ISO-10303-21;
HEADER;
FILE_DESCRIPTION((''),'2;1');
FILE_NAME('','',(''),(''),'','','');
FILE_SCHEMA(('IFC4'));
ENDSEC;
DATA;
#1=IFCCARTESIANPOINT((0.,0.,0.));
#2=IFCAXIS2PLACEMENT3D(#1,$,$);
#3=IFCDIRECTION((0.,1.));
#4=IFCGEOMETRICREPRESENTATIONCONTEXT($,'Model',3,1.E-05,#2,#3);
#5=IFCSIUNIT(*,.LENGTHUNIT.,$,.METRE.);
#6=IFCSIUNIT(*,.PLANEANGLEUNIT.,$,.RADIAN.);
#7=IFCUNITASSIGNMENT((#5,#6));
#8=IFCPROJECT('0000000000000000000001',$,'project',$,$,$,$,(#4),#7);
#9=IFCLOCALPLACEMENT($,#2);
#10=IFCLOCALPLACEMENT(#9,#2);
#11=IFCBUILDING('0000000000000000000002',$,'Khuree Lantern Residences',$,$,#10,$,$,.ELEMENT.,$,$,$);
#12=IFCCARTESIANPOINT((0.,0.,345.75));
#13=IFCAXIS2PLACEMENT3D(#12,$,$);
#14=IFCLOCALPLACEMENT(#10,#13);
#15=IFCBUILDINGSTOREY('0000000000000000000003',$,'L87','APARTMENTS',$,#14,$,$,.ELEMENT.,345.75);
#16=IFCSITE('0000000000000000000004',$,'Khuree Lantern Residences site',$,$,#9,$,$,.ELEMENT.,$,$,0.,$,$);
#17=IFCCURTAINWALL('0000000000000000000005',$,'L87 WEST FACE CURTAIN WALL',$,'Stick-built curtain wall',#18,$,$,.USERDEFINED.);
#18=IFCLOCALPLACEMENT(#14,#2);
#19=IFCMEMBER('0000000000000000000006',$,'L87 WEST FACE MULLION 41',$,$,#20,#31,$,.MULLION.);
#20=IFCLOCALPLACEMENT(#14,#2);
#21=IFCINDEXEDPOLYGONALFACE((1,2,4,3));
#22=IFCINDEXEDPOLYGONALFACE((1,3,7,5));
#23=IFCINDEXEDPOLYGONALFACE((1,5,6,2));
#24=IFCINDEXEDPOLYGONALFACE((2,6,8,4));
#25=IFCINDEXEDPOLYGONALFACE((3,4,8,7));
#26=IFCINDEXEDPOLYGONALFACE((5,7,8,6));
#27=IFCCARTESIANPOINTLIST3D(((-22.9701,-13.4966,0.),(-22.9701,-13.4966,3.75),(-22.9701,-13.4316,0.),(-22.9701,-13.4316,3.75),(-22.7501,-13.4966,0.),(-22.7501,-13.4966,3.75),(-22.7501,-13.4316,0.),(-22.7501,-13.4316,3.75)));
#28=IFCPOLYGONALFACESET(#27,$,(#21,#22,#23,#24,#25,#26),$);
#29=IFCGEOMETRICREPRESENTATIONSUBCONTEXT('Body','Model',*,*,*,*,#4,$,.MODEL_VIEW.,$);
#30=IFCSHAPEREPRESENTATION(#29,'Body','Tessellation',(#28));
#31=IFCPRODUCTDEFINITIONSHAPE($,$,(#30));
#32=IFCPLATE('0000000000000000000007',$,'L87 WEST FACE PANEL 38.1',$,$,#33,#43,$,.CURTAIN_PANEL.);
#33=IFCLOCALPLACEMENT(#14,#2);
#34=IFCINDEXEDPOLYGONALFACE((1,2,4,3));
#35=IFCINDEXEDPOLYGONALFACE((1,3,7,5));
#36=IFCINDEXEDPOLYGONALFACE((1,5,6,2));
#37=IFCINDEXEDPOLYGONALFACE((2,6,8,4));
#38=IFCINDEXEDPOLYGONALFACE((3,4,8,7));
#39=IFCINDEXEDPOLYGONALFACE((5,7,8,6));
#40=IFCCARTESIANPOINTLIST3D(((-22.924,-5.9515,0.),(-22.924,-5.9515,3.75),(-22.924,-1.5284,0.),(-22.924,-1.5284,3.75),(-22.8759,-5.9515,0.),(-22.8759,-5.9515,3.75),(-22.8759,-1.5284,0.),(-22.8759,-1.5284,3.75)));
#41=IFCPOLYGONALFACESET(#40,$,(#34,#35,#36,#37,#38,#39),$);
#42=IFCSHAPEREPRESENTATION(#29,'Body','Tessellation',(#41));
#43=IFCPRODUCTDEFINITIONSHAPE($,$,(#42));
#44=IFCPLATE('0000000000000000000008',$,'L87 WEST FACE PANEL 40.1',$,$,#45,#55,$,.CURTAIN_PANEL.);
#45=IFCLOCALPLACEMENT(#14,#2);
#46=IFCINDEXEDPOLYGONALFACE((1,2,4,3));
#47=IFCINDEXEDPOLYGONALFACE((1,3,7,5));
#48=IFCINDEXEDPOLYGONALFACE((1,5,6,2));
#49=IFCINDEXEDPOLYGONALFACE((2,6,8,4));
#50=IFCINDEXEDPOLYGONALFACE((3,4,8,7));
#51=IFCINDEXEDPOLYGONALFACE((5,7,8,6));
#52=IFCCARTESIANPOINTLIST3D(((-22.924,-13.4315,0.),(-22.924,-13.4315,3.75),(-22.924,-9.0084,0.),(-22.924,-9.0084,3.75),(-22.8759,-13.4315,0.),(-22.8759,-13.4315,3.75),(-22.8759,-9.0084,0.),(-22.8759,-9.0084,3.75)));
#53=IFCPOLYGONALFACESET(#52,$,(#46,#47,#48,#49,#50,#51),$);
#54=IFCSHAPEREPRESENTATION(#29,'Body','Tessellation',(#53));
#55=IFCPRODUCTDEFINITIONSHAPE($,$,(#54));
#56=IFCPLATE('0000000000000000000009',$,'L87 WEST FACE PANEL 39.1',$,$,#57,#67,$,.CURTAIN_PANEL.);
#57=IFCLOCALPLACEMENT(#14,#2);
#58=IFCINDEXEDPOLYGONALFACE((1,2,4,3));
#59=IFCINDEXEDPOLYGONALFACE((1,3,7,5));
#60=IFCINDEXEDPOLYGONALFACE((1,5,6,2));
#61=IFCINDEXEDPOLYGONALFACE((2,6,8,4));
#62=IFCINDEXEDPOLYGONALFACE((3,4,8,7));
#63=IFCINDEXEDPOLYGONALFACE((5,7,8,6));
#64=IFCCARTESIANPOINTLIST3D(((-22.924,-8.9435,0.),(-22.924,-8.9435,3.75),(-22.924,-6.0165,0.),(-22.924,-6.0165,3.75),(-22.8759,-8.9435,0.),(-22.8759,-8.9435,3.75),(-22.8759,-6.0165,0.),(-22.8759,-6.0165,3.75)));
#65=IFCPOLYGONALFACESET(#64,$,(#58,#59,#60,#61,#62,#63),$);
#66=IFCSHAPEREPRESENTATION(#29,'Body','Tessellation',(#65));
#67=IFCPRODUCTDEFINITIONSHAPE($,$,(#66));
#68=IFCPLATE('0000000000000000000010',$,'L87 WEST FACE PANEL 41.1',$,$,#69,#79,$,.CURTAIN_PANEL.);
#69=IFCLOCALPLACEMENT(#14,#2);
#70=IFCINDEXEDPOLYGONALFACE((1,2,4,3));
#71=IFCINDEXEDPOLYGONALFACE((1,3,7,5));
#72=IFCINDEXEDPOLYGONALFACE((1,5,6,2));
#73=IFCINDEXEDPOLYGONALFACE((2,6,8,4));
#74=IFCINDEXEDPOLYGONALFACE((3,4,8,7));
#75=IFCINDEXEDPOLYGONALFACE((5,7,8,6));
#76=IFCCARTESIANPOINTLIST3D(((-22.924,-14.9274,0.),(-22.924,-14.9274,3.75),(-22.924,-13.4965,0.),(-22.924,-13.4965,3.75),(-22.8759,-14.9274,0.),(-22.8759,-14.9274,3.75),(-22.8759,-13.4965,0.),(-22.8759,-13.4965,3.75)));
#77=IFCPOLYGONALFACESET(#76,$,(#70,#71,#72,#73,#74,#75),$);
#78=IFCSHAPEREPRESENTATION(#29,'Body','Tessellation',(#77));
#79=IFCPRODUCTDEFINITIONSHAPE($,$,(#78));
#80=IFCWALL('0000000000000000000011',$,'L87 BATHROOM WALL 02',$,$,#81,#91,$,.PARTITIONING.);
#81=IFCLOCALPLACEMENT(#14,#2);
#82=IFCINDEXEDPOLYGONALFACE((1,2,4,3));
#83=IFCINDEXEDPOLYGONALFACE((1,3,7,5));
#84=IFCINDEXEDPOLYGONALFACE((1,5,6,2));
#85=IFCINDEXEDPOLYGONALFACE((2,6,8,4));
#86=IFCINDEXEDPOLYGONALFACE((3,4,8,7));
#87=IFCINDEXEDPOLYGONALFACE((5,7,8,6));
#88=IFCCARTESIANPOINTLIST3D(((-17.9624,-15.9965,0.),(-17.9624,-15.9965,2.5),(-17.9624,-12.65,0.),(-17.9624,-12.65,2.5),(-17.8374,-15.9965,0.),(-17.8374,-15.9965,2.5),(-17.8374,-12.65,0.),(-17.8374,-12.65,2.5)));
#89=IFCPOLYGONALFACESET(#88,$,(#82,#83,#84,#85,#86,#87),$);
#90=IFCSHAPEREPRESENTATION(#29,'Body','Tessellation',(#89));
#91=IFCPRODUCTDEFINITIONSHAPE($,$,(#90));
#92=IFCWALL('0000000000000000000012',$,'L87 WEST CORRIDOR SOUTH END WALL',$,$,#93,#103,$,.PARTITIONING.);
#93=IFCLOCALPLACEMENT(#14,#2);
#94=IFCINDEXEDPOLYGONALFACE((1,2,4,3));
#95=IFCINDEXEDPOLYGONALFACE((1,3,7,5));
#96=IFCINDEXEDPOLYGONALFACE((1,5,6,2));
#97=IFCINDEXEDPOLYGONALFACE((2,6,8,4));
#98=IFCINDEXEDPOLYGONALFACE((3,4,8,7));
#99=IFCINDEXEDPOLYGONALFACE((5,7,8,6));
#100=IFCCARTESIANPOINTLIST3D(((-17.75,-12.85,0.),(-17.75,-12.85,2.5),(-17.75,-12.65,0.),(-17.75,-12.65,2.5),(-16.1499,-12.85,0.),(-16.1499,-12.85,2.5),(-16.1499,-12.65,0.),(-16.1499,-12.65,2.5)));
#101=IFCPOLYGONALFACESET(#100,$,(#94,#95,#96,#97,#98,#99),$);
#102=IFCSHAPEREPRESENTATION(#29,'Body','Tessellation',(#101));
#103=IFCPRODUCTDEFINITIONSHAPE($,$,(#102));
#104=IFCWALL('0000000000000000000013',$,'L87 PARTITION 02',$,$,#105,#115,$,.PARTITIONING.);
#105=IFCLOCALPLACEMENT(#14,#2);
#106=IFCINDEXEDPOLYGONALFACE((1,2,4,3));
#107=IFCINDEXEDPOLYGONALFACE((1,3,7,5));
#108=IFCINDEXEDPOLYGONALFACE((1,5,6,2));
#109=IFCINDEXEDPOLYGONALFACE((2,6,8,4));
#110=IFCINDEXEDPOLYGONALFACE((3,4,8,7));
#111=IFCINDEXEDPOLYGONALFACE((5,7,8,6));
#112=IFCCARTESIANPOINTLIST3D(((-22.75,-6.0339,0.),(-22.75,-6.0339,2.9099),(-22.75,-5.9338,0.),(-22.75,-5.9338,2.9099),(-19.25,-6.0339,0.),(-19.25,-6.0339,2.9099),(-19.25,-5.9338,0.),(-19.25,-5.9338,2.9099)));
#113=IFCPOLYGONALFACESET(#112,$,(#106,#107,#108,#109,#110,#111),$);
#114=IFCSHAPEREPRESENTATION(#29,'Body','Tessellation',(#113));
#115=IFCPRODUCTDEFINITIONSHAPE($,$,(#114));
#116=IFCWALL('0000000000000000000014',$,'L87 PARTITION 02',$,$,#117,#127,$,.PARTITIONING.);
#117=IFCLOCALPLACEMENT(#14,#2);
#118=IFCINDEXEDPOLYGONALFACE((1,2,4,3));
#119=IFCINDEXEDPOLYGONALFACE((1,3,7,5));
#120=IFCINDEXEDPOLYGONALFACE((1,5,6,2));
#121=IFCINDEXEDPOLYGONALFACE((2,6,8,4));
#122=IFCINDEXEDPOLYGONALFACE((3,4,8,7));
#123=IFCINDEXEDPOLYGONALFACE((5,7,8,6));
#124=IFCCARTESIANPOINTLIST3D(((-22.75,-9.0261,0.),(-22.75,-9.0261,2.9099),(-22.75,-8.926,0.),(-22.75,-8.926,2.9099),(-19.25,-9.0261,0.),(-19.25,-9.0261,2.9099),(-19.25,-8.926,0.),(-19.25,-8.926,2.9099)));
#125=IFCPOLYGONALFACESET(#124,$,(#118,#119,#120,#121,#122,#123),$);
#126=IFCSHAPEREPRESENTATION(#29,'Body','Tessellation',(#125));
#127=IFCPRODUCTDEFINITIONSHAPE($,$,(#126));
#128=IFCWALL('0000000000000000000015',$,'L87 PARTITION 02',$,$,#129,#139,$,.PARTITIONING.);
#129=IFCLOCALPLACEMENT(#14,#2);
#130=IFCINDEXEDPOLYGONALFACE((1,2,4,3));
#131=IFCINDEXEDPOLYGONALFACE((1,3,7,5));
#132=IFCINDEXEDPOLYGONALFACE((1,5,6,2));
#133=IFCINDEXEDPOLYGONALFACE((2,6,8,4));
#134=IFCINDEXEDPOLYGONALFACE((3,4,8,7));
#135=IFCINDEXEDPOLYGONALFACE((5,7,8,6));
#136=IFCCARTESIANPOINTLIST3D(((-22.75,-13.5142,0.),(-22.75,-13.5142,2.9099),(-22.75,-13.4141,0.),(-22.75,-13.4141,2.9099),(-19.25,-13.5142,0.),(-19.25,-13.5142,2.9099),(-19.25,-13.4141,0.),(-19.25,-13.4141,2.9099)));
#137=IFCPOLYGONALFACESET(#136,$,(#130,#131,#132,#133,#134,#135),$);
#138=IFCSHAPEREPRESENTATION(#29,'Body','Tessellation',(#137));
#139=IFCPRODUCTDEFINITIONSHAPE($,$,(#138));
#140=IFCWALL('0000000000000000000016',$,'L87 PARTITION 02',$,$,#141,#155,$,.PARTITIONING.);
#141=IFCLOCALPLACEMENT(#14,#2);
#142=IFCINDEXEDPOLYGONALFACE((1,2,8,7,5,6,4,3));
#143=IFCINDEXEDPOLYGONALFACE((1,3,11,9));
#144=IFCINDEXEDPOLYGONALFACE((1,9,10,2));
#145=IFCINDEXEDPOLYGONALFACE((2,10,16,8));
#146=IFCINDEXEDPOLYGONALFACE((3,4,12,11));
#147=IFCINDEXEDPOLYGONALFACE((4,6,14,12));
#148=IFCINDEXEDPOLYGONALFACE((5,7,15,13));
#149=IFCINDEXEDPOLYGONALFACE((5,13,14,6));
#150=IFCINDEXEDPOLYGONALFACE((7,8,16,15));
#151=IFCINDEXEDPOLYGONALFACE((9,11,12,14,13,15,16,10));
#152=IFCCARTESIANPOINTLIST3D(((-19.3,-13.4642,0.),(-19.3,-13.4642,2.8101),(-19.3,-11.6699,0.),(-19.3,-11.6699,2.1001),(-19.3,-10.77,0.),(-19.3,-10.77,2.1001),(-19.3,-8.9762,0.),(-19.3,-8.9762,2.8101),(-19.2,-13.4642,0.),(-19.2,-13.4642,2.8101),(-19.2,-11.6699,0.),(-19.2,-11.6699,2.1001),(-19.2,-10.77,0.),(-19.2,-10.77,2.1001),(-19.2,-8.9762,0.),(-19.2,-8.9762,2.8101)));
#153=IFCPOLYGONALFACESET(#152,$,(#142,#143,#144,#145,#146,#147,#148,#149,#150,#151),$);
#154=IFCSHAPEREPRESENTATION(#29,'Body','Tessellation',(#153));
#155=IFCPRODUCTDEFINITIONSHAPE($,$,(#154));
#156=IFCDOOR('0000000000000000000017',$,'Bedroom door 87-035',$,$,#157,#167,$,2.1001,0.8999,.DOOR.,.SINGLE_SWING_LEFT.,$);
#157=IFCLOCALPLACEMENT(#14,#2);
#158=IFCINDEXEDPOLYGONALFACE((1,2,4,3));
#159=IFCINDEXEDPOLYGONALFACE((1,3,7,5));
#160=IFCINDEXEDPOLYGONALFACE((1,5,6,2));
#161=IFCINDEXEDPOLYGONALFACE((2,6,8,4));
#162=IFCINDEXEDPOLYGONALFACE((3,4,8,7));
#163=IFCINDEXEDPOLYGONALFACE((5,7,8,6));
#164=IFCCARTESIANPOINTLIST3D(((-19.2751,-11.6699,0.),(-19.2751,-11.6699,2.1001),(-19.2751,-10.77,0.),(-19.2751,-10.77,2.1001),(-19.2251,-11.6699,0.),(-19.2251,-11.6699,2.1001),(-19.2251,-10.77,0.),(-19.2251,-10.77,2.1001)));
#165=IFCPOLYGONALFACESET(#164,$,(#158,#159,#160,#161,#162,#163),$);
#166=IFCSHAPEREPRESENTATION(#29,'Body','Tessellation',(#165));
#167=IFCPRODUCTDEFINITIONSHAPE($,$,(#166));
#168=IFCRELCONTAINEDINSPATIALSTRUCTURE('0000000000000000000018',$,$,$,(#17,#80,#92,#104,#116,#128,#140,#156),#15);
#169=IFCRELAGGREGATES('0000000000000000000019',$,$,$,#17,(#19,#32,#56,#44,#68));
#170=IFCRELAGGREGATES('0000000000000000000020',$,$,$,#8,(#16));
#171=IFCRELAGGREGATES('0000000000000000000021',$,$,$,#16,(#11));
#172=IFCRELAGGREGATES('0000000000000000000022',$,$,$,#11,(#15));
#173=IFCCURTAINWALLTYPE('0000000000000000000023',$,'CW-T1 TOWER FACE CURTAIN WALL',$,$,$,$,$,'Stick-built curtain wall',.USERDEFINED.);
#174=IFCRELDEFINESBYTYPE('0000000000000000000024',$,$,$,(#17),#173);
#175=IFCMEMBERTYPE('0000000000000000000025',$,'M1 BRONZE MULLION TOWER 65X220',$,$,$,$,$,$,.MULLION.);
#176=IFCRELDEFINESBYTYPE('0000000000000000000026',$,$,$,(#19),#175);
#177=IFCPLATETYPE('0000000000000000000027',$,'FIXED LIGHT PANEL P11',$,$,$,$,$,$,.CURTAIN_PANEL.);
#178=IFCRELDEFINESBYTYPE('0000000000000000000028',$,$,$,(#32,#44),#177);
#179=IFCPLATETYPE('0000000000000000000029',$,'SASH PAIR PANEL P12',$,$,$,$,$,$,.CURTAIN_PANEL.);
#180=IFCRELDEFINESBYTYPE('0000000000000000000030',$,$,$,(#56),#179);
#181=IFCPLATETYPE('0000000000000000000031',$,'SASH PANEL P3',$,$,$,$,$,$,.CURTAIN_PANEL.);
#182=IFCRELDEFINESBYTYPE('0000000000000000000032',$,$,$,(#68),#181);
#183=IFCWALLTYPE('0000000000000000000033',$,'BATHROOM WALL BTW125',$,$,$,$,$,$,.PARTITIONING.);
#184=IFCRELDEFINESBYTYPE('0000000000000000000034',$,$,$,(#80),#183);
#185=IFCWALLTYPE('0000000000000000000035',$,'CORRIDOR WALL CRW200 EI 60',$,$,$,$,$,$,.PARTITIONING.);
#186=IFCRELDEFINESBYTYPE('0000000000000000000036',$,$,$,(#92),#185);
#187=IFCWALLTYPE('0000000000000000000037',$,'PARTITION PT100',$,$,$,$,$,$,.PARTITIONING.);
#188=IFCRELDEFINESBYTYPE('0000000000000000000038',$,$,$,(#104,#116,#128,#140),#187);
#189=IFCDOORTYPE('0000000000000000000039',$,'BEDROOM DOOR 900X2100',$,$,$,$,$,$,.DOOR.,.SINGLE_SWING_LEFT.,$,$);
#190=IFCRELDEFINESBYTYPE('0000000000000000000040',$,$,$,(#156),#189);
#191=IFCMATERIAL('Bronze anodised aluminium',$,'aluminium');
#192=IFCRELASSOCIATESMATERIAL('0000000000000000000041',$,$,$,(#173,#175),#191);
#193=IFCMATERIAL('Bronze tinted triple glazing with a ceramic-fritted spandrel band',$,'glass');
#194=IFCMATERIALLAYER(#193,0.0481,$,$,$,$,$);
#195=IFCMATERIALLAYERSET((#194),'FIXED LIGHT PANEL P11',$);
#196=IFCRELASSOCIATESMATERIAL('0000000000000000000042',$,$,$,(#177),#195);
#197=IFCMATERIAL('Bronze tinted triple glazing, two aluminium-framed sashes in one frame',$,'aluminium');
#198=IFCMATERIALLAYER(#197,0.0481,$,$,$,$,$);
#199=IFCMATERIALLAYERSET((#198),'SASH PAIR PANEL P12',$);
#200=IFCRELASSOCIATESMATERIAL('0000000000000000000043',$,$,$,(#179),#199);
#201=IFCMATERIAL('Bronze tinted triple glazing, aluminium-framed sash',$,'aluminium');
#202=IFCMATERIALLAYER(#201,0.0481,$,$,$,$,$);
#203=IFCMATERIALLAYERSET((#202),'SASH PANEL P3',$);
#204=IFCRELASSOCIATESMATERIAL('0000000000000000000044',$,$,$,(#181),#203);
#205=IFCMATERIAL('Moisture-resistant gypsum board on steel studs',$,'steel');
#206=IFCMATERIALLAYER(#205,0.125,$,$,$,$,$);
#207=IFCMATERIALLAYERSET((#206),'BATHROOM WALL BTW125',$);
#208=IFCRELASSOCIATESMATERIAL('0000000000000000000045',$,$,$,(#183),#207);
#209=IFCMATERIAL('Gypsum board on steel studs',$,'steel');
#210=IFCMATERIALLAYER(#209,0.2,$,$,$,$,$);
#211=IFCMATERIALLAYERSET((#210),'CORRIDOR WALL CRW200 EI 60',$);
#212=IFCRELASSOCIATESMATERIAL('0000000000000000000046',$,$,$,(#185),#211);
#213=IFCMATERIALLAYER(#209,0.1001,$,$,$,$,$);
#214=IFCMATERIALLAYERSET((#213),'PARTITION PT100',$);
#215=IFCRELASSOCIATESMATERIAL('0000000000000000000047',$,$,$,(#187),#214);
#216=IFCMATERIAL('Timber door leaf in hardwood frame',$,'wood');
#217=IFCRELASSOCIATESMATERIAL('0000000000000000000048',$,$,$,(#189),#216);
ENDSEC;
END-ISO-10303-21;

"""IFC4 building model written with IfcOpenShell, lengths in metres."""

from ifc_helpers import new_model, si_unit, direction, frame, frame_2d, origin, origin_2d, place, context, subcontext, project, spatial, rectangle, extrude, material, layer, layer_set, material_profile, profile_set, type_object, element, fill, aggregate, save


model = new_model("IFC4")

# Units and contexts
model_context = context("Model", 3, precision=1e-05, world=origin(), true_north=direction((0.0, 1.0)))
body_context = subcontext(model_context, "Body", "Model", "MODEL_VIEW")
ifc_project = project(units=[si_unit("LENGTHUNIT", "METRE"), si_unit("PLANEANGLEUNIT", "RADIAN")], contexts=[model_context])

# Site, building, storey
site_placement = place(None, origin())
site = spatial("IfcSite", under=ifc_project, at=site_placement, Name="Khuree Lantern Residences site", CompositionType="ELEMENT", RefElevation=0.0)
building_placement = place(site_placement, origin())
building = spatial("IfcBuilding", under=site, at=building_placement, Name="Khuree Lantern Residences", CompositionType="ELEMENT")
storey_placement = place(building_placement, frame((0.0, 0.0, 345.75)))
storey = spatial("IfcBuildingStorey", under=building, at=storey_placement, Name="L87", Description="APARTMENTS", CompositionType="ELEMENT", Elevation=345.75)

# Curtain wall
ifc_material_1 = material(Name="Bronze anodised aluminium", Category="aluminium")
curtain_wall_type = type_object("IfcCurtainWallType", Name="CW-T1 TOWER FACE CURTAIN WALL", ElementType="Stick-built curtain wall", PredefinedType="USERDEFINED", material=ifc_material_1)
curtain_wall_placement = place(storey_placement, origin())
curtain_wall = element("IfcCurtainWall", 1, at=curtain_wall_placement, inside=storey, type_object=curtain_wall_type, Name="L87 WEST FACE CURTAIN WALL", ObjectType="Stick-built curtain wall", PredefinedType="USERDEFINED")

# Member
ifc_material_profile_1 = material_profile(ifc_material_1, rectangle(XDim=0.0649, YDim=0.22, at=origin_2d()), Name="M1 65X220")
ifc_profile_set_1 = profile_set([ifc_material_profile_1], Name="Bronze anodised aluminium")
member_type_1 = type_object("IfcMemberType", Name="M1 BRONZE MULLION TOWER 65X220", PredefinedType="MULLION", material=ifc_profile_set_1)
member_1_placement = place(storey_placement, frame((-22.8601, -13.4641, 0.0), z_axis=(0.0, 0.0, 1.0), x_axis=(0.0, -1.0, 0.0)))
member_1 = element("IfcMember", 2, at=member_1_placement, type_object=member_type_1, Name="L87 WEST FACE MULLION 41", PredefinedType="MULLION", context=body_context, shape_type="SweptSolid", body=[
    extrude(rectangle(XDim=0.0649, YDim=0.22, at=origin_2d()), origin(), (0.0, 0.0, 1.0), 3.75),
])

# Plates
ifc_material_2 = material(Name="Bronze tinted triple glazing with a ceramic-fritted spandrel band", Category="glass")
ifc_layer_1 = layer(ifc_material_2, 0.0481)
ifc_layer_set_1 = layer_set([ifc_layer_1], Name="FIXED LIGHT PANEL P11")
plate_type_1 = type_object("IfcPlateType", Name="FIXED LIGHT PANEL P11", PredefinedType="CURTAIN_PANEL", material=ifc_layer_set_1)
plate_1_placement = place(storey_placement, frame((-22.8999, -3.74, 0.0), z_axis=(0.0, 0.0, 1.0), x_axis=(0.0, -1.0, 0.0)))
plate_1 = element("IfcPlate", 3, at=plate_1_placement, type_object=plate_type_1, Name="L87 WEST FACE PANEL 38.1", PredefinedType="CURTAIN_PANEL", context=body_context, shape_type="SweptSolid", body=[
    extrude(rectangle(XDim=4.4231, YDim=0.0481, at=origin_2d()), origin(), (0.0, 0.0, 1.0), 3.75),
])
plate_2_placement = place(storey_placement, frame((-22.8999, -11.22, 0.0), z_axis=(0.0, 0.0, 1.0), x_axis=(0.0, -1.0, 0.0)))
plate_2 = element("IfcPlate", 4, at=plate_2_placement, type_object=plate_type_1, Name="L87 WEST FACE PANEL 40.1", PredefinedType="CURTAIN_PANEL", context=body_context, shape_type="SweptSolid", body=[
    extrude(rectangle(XDim=4.4231, YDim=0.0481, at=origin_2d()), origin(), (0.0, 0.0, 1.0), 3.75),
])
ifc_material_3 = material(Name="Bronze tinted triple glazing, two aluminium-framed sashes in one frame", Category="aluminium")
ifc_layer_2 = layer(ifc_material_3, 0.0481)
ifc_layer_set_2 = layer_set([ifc_layer_2], Name="SASH PAIR PANEL P12")
plate_type_2 = type_object("IfcPlateType", Name="SASH PAIR PANEL P12", PredefinedType="CURTAIN_PANEL", material=ifc_layer_set_2)
plate_3_placement = place(storey_placement, frame((-22.8999, -7.48, 0.0), z_axis=(0.0, 0.0, 1.0), x_axis=(0.0, -1.0, 0.0)))
plate_3 = element("IfcPlate", 5, at=plate_3_placement, type_object=plate_type_2, Name="L87 WEST FACE PANEL 39.1", PredefinedType="CURTAIN_PANEL", context=body_context, shape_type="SweptSolid", body=[
    extrude(rectangle(XDim=2.927, YDim=0.0481, at=origin_2d()), origin(), (0.0, 0.0, 1.0), 3.75),
])
ifc_material_4 = material(Name="Bronze tinted triple glazing, aluminium-framed sash", Category="aluminium")
ifc_layer_3 = layer(ifc_material_4, 0.0481)
ifc_layer_set_3 = layer_set([ifc_layer_3], Name="SASH PANEL P3")
plate_type_3 = type_object("IfcPlateType", Name="SASH PANEL P3", PredefinedType="CURTAIN_PANEL", material=ifc_layer_set_3)
plate_4_placement = place(storey_placement, frame((-22.8999, -14.2119, 0.0), z_axis=(0.0, 0.0, 1.0), x_axis=(0.0, -1.0, 0.0)))
plate_4 = element("IfcPlate", 6, at=plate_4_placement, type_object=plate_type_3, Name="L87 WEST FACE PANEL 41.1", PredefinedType="CURTAIN_PANEL", context=body_context, shape_type="SweptSolid", body=[
    extrude(rectangle(XDim=1.4309, YDim=0.0481, at=origin_2d()), origin(), (0.0, 0.0, 1.0), 3.75),
])
aggregate(curtain_wall, [member_1, plate_1, plate_3, plate_2, plate_4])

# Walls
ifc_material_5 = material(Name="Moisture-resistant gypsum board on steel studs", Category="steel")
ifc_layer_4 = layer(ifc_material_5, 0.125)
ifc_layer_set_4 = layer_set([ifc_layer_4], Name="BATHROOM WALL BTW125")
wall_type_1 = type_object("IfcWallType", Name="BATHROOM WALL BTW125", PredefinedType="PARTITIONING", material=ifc_layer_set_4)
wall_1_placement = place(storey_placement, frame((-17.8999, -12.6499, 0.0), z_axis=(0.0, 0.0, 1.0), x_axis=(0.0, -1.0, 0.0)))
element("IfcWall", 7, at=wall_1_placement, inside=storey, type_object=wall_type_1, Name="L87 BATHROOM WALL 02", PredefinedType="PARTITIONING", context=body_context, shape_type="SweptSolid", body=[
    extrude(rectangle(XDim=3.3464, YDim=0.125, at=frame_2d((1.6733, 0.0))), origin(), (0.0, 0.0, 1.0), 2.5),
])
ifc_material_6 = material(Name="Gypsum board on steel studs", Category="steel")
ifc_layer_5 = layer(ifc_material_6, 0.2)
ifc_layer_set_5 = layer_set([ifc_layer_5], Name="CORRIDOR WALL CRW200 EI 60")
wall_type_2 = type_object("IfcWallType", Name="CORRIDOR WALL CRW200 EI 60", PredefinedType="PARTITIONING", material=ifc_layer_set_5)
wall_2_placement = place(storey_placement, frame((-16.1499, -12.75, 0.0), z_axis=(0.0, 0.0, 1.0), x_axis=(-1.0, 0.0, 0.0)))
element("IfcWall", 8, at=wall_2_placement, inside=storey, type_object=wall_type_2, Name="L87 WEST CORRIDOR SOUTH END WALL", PredefinedType="PARTITIONING", context=body_context, shape_type="SweptSolid", body=[
    extrude(rectangle(XDim=1.6001, YDim=0.2, at=frame_2d((0.8, 0.0))), origin(), (0.0, 0.0, 1.0), 2.5),
])
ifc_layer_6 = layer(ifc_material_6, 0.1001)
ifc_layer_set_6 = layer_set([ifc_layer_6], Name="PARTITION PT100")
wall_type_3 = type_object("IfcWallType", Name="PARTITION PT100", PredefinedType="PARTITIONING", material=ifc_layer_set_6)
for number, where, z_axis, x_axis, name in (
    (9, (-19.25, -5.9839, 0.0), (0.0, 0.0, 1.0), (-1.0, 0.0, 0.0), "L87 PARTITION 02"),
    (10, (-19.25, -8.9761, 0.0), (0.0, 0.0, 1.0), (-1.0, 0.0, 0.0), "L87 PARTITION 02"),
    (11, (-19.25, -13.4641, 0.0), (0.0, 0.0, 1.0), (-1.0, 0.0, 0.0), "L87 PARTITION 02"),
):
    element("IfcWall", number, at=place(storey_placement, frame(where, z_axis=z_axis, x_axis=x_axis)), inside=storey, type_object=wall_type_3, Name=name, PredefinedType="PARTITIONING", context=body_context, shape_type="SweptSolid", body=[
        extrude(rectangle(XDim=3.5, YDim=0.1001, at=frame_2d((1.75, 0.0))), origin(), (0.0, 0.0, 1.0), 2.9099),
    ])

# Wall, opening, door
wall_3_placement = place(storey_placement, frame((-19.25, -8.9761, 0.0), z_axis=(0.0, 0.0, 1.0), x_axis=(0.0, -1.0, 0.0)))
wall_3 = element("IfcWall", 12, at=wall_3_placement, inside=storey, type_object=wall_type_3, Name="L87 PARTITION 02", PredefinedType="PARTITIONING", context=body_context, shape_type="SweptSolid", body=[
    extrude(rectangle(XDim=4.488, YDim=0.1001, at=frame_2d((2.2441, 0.0))), origin(), (0.0, 0.0, 1.0), 2.8101),
])
opening_placement = place(wall_3_placement, frame((1.7939, 0.0, 0.0)))
opening = element("IfcOpeningElement", 13, at=opening_placement, cuts=wall_3, PredefinedType="OPENING", context=body_context, shape_type="SweptSolid", body=[
    extrude(rectangle(XDim=0.8999, YDim=2.1001, at=frame_2d((0.45, 1.05))), frame((0.0, 0.0601, 0.0), z_axis=(0.0, -1.0, 0.0), x_axis=(1.0, 0.0, 0.0)), (0.0, 0.0, 1.0), 0.1201),
])
ifc_material_7 = material(Name="Timber door leaf in hardwood frame", Category="wood")
door_type = type_object("IfcDoorType", Name="BEDROOM DOOR 900X2100", OperationType="SINGLE_SWING_LEFT", PredefinedType="DOOR", material=ifc_material_7)
door_placement = place(opening_placement, origin())
door = element("IfcDoor", 14, at=door_placement, inside=storey, type_object=door_type, Name="Bedroom door 87-035", OperationType="SINGLE_SWING_LEFT", OverallHeight=2.1001, OverallWidth=0.8999, PredefinedType="DOOR", context=body_context, shape_type="SweptSolid", body=[
    extrude(rectangle(XDim=0.8999, YDim=2.1001, at=frame_2d((0.45, 1.05))), frame((0.0, 0.0249, 0.0), z_axis=(0.0, -1.0, 0.0), x_axis=(1.0, 0.0, 0.0)), (0.0, 0.0, 1.0), 0.05),
])
fill(opening, door)

save(model, "model.ifc")
